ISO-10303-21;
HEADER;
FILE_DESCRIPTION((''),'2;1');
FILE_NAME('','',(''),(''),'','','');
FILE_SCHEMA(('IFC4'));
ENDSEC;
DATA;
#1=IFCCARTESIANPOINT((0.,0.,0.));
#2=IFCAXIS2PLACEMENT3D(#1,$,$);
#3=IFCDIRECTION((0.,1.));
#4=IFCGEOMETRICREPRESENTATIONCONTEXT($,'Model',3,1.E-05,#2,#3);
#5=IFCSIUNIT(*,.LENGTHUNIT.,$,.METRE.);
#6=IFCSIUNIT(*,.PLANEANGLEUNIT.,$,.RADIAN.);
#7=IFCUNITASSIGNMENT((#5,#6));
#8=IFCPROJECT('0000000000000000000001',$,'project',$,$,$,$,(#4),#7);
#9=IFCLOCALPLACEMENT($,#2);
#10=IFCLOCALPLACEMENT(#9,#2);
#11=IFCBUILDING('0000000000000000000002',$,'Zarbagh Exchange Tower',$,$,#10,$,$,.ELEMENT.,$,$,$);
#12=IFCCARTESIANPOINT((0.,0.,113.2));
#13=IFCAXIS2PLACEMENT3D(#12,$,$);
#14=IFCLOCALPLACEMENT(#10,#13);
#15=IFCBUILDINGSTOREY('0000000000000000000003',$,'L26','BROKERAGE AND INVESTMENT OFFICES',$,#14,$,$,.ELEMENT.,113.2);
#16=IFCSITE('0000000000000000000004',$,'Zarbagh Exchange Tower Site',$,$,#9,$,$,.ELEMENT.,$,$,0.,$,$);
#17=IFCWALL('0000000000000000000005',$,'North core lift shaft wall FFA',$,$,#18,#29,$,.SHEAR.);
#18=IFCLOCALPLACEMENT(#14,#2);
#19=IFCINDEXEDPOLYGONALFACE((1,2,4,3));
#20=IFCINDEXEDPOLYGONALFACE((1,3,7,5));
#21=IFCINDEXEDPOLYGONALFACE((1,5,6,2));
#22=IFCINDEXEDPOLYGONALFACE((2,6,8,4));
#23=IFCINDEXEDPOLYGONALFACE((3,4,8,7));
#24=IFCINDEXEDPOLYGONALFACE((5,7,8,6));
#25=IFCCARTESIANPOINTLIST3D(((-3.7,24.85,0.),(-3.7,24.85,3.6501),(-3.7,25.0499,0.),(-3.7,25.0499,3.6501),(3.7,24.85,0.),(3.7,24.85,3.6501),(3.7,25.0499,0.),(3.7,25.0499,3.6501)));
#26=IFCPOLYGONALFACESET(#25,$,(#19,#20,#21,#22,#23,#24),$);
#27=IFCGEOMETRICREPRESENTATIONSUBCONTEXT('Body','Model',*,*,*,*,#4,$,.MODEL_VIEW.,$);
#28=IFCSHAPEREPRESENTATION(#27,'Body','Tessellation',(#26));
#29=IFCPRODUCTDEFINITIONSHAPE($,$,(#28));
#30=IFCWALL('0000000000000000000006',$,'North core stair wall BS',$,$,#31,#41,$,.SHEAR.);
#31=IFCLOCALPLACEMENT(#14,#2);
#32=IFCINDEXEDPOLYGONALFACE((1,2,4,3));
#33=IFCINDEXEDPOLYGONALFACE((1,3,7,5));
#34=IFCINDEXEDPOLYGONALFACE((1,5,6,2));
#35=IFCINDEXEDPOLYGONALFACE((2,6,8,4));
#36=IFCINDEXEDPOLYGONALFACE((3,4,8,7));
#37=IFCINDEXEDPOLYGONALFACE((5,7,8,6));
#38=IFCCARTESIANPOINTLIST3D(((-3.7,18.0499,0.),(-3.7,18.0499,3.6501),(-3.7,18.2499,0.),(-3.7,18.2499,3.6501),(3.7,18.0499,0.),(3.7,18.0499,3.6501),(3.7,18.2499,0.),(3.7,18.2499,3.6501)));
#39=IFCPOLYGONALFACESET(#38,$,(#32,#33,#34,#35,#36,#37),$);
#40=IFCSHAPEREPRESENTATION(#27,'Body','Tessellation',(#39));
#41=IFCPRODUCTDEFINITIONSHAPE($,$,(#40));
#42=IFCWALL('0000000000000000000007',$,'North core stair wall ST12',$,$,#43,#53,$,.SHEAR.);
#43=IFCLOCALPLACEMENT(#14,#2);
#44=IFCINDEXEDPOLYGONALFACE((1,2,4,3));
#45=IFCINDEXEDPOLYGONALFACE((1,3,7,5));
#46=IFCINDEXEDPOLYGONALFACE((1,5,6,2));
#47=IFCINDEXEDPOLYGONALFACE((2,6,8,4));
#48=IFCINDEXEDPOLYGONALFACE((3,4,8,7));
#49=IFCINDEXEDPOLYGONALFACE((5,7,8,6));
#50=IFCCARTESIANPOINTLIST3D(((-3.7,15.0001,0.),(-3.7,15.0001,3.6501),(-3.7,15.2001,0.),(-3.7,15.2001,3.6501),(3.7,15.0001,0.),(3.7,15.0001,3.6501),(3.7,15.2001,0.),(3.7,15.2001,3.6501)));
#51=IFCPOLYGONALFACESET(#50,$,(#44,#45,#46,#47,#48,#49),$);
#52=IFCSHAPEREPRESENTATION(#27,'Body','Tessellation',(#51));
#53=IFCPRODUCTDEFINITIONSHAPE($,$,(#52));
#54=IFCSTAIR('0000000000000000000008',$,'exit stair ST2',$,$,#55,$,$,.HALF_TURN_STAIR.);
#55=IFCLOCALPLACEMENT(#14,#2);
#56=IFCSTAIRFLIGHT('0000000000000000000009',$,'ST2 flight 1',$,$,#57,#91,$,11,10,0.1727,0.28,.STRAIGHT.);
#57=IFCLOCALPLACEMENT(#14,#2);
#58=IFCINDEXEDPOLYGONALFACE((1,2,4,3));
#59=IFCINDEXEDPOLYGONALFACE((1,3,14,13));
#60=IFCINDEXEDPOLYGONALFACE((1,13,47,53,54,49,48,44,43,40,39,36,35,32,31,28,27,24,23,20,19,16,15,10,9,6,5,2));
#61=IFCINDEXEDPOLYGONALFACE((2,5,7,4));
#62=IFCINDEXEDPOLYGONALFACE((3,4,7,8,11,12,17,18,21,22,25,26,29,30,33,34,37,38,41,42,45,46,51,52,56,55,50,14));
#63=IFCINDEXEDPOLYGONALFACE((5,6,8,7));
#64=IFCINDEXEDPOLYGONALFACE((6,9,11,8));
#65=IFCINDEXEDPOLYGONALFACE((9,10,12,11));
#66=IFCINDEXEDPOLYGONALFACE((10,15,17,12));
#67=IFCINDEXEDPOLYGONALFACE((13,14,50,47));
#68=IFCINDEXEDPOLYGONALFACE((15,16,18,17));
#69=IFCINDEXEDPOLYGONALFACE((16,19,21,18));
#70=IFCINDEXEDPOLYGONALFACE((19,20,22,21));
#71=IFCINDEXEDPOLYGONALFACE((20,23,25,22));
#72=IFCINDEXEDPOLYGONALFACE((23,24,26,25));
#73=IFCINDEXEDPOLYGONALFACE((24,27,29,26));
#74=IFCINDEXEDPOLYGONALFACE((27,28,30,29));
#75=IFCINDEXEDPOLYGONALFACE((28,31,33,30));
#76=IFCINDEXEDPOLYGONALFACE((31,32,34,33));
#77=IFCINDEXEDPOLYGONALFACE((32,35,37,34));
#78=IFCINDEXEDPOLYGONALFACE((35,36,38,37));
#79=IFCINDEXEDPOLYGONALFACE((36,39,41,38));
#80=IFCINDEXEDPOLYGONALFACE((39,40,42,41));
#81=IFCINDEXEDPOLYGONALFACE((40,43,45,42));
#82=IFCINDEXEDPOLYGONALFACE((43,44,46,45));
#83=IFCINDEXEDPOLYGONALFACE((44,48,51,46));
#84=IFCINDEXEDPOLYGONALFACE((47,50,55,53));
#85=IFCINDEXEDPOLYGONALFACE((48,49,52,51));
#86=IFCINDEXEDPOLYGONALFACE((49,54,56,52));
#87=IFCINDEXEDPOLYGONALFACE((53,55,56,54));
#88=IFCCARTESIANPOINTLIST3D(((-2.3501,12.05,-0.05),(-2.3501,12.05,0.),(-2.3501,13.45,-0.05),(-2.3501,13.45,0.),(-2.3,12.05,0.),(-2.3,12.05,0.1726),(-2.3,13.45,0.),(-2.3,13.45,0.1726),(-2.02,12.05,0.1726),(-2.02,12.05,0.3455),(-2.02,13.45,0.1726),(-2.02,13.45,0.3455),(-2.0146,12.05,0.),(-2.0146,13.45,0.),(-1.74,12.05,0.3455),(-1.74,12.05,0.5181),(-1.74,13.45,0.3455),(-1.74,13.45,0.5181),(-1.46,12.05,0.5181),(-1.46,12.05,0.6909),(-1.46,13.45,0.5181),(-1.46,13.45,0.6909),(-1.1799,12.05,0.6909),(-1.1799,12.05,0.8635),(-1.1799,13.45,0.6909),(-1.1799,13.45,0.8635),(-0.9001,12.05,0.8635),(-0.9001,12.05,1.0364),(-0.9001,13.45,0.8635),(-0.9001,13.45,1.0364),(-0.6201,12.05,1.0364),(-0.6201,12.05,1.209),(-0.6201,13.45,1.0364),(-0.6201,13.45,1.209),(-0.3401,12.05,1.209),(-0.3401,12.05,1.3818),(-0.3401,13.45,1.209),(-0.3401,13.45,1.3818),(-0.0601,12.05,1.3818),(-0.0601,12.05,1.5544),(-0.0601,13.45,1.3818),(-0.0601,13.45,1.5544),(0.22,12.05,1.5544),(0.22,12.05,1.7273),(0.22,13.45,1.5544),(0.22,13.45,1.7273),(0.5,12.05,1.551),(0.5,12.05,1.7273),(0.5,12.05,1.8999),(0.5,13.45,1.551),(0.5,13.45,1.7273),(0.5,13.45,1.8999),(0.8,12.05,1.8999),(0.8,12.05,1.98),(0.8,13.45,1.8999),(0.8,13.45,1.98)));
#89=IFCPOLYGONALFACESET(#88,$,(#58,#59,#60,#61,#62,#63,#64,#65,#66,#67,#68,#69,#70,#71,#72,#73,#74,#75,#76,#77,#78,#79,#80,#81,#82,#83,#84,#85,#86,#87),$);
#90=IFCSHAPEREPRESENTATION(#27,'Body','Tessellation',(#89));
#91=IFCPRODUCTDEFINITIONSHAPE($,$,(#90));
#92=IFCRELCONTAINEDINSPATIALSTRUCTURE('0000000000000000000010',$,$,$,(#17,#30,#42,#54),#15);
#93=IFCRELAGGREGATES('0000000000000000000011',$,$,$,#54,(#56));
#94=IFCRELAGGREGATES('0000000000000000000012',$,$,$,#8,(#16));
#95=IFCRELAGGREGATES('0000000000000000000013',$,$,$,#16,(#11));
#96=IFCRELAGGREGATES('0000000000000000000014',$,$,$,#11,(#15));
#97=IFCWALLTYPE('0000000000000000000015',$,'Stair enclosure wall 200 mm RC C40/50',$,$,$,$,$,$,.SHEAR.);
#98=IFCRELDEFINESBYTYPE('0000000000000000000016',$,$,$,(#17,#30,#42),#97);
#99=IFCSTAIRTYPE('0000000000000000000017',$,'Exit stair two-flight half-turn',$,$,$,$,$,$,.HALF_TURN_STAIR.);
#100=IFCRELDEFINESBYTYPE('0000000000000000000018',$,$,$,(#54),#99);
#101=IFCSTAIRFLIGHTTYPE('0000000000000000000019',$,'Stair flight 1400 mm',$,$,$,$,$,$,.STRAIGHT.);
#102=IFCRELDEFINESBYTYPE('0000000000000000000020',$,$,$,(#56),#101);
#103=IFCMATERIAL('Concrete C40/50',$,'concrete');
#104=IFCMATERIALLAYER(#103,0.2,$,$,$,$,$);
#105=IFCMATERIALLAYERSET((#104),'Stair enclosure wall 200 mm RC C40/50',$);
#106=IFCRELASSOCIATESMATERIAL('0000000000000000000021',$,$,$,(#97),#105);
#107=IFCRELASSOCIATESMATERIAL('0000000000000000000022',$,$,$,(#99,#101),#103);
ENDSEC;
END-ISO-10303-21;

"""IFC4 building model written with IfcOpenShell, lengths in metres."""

from ifc_helpers import new_model, si_unit, direction, frame, frame_2d, origin, place, context, subcontext, project, spatial, polyline, rectangle, outline, extrude, material, layer, layer_set, type_object, element, aggregate, save


model = new_model("IFC4")

# Units and contexts
model_context = context("Model", 3, precision=1e-05, world=origin(), true_north=direction((0.0, 1.0)))
body_context = subcontext(model_context, "Body", "Model", "MODEL_VIEW")
ifc_project = project(units=[si_unit("LENGTHUNIT", "METRE"), si_unit("PLANEANGLEUNIT", "RADIAN")], contexts=[model_context])

# Site, building, storey
site_placement = place(None, origin())
site = spatial("IfcSite", under=ifc_project, at=site_placement, Name="Zarbagh Exchange Tower Site", CompositionType="ELEMENT", RefElevation=0.0)
building_placement = place(site_placement, origin())
building = spatial("IfcBuilding", under=site, at=building_placement, Name="Zarbagh Exchange Tower", CompositionType="ELEMENT")
storey_placement = place(building_placement, frame((0.0, 0.0, 113.2)))
storey = spatial("IfcBuildingStorey", under=building, at=storey_placement, Name="L26", Description="BROKERAGE AND INVESTMENT OFFICES", CompositionType="ELEMENT", Elevation=113.2)

# Walls
ifc_material_1 = material(Name="Concrete C40/50", Category="concrete")
ifc_layer_1 = layer(ifc_material_1, 0.2)
ifc_layer_set_1 = layer_set([ifc_layer_1], Name="Stair enclosure wall 200 mm RC C40/50")
wall_type_1 = type_object("IfcWallType", Name="Stair enclosure wall 200 mm RC C40/50", PredefinedType="SHEAR", material=ifc_layer_set_1)
for number, where, z_axis, x_axis, name in (
    (1, (-3.7, 24.95, 0.0), (0.0, 0.0, 1.0), (1.0, 0.0, 0.0), "North core lift shaft wall FFA"),
    (2, (-3.7, 18.1499, 0.0), (0.0, 0.0, 1.0), (1.0, 0.0, 0.0), "North core stair wall BS"),
    (3, (-3.7, 15.1001, 0.0), (0.0, 0.0, 1.0), (1.0, 0.0, 0.0), "North core stair wall ST12"),
):
    element("IfcWall", number, at=place(storey_placement, frame(where, z_axis=z_axis, x_axis=x_axis)), inside=storey, type_object=wall_type_1, Name=name, PredefinedType="SHEAR", context=body_context, shape_type="SweptSolid", body=[
        extrude(rectangle(XDim=7.3999, YDim=0.2, at=frame_2d((3.7, 0.0))), origin(), (0.0, 0.0, 1.0), 3.6501),
    ])

# Stair, stair flight
stair_type = type_object("IfcStairType", Name="Exit stair two-flight half-turn", PredefinedType="HALF_TURN_STAIR", material=ifc_material_1)
stair_placement = place(storey_placement, origin())
stair = element("IfcStair", 4, at=stair_placement, inside=storey, type_object=stair_type, Name="exit stair ST2", PredefinedType="HALF_TURN_STAIR")
stair_flight_type = type_object("IfcStairFlightType", Name="Stair flight 1400 mm", PredefinedType="STRAIGHT", material=ifc_material_1)
stair_flight_placement = place(storey_placement, frame((-2.3, 12.75, 0.0), z_axis=(0.0, 0.0, 1.0), x_axis=(1.0, 0.0, 0.0)))
stair_flight = element("IfcStairFlight", 5, at=stair_flight_placement, type_object=stair_flight_type, Name="ST2 flight 1", NumberOfRisers=11, NumberOfTreads=10, PredefinedType="STRAIGHT", RiserHeight=0.1727, TreadLength=0.28, context=body_context, shape_type="SweptSolid", body=[
    extrude(outline(polyline([(-0.05, -0.05), (-0.05, 0.0), (0.0, 0.0), (0.0, 0.1726), (0.28, 0.1726), (0.28, 0.3455), (0.5601, 0.3455), (0.5601, 0.5181), (0.8401, 0.5181), (0.8401, 0.6909), (1.1201, 0.6909), (1.1201, 0.8635), (1.3999, 0.8635), (1.3999, 1.0364), (1.6799, 1.0364), (1.6799, 1.209), (1.96, 1.209), (1.96, 1.3818), (2.24, 1.3818), (2.24, 1.5544), (2.52, 1.5544), (2.52, 1.7273), (2.8, 1.7273), (2.8, 1.8999), (3.1001, 1.98), (3.1001, 1.8999), (2.8, 1.551), (0.2854, 0.0), (-0.05, -0.05)])), frame((0.0, 0.7, 0.0), z_axis=(0.0, -1.0, 0.0), x_axis=(1.0, 0.0, 0.0)), (0.0, 0.0, 1.0), 1.3999),
])
aggregate(stair, [stair_flight])

save(model, "model.ifc")
